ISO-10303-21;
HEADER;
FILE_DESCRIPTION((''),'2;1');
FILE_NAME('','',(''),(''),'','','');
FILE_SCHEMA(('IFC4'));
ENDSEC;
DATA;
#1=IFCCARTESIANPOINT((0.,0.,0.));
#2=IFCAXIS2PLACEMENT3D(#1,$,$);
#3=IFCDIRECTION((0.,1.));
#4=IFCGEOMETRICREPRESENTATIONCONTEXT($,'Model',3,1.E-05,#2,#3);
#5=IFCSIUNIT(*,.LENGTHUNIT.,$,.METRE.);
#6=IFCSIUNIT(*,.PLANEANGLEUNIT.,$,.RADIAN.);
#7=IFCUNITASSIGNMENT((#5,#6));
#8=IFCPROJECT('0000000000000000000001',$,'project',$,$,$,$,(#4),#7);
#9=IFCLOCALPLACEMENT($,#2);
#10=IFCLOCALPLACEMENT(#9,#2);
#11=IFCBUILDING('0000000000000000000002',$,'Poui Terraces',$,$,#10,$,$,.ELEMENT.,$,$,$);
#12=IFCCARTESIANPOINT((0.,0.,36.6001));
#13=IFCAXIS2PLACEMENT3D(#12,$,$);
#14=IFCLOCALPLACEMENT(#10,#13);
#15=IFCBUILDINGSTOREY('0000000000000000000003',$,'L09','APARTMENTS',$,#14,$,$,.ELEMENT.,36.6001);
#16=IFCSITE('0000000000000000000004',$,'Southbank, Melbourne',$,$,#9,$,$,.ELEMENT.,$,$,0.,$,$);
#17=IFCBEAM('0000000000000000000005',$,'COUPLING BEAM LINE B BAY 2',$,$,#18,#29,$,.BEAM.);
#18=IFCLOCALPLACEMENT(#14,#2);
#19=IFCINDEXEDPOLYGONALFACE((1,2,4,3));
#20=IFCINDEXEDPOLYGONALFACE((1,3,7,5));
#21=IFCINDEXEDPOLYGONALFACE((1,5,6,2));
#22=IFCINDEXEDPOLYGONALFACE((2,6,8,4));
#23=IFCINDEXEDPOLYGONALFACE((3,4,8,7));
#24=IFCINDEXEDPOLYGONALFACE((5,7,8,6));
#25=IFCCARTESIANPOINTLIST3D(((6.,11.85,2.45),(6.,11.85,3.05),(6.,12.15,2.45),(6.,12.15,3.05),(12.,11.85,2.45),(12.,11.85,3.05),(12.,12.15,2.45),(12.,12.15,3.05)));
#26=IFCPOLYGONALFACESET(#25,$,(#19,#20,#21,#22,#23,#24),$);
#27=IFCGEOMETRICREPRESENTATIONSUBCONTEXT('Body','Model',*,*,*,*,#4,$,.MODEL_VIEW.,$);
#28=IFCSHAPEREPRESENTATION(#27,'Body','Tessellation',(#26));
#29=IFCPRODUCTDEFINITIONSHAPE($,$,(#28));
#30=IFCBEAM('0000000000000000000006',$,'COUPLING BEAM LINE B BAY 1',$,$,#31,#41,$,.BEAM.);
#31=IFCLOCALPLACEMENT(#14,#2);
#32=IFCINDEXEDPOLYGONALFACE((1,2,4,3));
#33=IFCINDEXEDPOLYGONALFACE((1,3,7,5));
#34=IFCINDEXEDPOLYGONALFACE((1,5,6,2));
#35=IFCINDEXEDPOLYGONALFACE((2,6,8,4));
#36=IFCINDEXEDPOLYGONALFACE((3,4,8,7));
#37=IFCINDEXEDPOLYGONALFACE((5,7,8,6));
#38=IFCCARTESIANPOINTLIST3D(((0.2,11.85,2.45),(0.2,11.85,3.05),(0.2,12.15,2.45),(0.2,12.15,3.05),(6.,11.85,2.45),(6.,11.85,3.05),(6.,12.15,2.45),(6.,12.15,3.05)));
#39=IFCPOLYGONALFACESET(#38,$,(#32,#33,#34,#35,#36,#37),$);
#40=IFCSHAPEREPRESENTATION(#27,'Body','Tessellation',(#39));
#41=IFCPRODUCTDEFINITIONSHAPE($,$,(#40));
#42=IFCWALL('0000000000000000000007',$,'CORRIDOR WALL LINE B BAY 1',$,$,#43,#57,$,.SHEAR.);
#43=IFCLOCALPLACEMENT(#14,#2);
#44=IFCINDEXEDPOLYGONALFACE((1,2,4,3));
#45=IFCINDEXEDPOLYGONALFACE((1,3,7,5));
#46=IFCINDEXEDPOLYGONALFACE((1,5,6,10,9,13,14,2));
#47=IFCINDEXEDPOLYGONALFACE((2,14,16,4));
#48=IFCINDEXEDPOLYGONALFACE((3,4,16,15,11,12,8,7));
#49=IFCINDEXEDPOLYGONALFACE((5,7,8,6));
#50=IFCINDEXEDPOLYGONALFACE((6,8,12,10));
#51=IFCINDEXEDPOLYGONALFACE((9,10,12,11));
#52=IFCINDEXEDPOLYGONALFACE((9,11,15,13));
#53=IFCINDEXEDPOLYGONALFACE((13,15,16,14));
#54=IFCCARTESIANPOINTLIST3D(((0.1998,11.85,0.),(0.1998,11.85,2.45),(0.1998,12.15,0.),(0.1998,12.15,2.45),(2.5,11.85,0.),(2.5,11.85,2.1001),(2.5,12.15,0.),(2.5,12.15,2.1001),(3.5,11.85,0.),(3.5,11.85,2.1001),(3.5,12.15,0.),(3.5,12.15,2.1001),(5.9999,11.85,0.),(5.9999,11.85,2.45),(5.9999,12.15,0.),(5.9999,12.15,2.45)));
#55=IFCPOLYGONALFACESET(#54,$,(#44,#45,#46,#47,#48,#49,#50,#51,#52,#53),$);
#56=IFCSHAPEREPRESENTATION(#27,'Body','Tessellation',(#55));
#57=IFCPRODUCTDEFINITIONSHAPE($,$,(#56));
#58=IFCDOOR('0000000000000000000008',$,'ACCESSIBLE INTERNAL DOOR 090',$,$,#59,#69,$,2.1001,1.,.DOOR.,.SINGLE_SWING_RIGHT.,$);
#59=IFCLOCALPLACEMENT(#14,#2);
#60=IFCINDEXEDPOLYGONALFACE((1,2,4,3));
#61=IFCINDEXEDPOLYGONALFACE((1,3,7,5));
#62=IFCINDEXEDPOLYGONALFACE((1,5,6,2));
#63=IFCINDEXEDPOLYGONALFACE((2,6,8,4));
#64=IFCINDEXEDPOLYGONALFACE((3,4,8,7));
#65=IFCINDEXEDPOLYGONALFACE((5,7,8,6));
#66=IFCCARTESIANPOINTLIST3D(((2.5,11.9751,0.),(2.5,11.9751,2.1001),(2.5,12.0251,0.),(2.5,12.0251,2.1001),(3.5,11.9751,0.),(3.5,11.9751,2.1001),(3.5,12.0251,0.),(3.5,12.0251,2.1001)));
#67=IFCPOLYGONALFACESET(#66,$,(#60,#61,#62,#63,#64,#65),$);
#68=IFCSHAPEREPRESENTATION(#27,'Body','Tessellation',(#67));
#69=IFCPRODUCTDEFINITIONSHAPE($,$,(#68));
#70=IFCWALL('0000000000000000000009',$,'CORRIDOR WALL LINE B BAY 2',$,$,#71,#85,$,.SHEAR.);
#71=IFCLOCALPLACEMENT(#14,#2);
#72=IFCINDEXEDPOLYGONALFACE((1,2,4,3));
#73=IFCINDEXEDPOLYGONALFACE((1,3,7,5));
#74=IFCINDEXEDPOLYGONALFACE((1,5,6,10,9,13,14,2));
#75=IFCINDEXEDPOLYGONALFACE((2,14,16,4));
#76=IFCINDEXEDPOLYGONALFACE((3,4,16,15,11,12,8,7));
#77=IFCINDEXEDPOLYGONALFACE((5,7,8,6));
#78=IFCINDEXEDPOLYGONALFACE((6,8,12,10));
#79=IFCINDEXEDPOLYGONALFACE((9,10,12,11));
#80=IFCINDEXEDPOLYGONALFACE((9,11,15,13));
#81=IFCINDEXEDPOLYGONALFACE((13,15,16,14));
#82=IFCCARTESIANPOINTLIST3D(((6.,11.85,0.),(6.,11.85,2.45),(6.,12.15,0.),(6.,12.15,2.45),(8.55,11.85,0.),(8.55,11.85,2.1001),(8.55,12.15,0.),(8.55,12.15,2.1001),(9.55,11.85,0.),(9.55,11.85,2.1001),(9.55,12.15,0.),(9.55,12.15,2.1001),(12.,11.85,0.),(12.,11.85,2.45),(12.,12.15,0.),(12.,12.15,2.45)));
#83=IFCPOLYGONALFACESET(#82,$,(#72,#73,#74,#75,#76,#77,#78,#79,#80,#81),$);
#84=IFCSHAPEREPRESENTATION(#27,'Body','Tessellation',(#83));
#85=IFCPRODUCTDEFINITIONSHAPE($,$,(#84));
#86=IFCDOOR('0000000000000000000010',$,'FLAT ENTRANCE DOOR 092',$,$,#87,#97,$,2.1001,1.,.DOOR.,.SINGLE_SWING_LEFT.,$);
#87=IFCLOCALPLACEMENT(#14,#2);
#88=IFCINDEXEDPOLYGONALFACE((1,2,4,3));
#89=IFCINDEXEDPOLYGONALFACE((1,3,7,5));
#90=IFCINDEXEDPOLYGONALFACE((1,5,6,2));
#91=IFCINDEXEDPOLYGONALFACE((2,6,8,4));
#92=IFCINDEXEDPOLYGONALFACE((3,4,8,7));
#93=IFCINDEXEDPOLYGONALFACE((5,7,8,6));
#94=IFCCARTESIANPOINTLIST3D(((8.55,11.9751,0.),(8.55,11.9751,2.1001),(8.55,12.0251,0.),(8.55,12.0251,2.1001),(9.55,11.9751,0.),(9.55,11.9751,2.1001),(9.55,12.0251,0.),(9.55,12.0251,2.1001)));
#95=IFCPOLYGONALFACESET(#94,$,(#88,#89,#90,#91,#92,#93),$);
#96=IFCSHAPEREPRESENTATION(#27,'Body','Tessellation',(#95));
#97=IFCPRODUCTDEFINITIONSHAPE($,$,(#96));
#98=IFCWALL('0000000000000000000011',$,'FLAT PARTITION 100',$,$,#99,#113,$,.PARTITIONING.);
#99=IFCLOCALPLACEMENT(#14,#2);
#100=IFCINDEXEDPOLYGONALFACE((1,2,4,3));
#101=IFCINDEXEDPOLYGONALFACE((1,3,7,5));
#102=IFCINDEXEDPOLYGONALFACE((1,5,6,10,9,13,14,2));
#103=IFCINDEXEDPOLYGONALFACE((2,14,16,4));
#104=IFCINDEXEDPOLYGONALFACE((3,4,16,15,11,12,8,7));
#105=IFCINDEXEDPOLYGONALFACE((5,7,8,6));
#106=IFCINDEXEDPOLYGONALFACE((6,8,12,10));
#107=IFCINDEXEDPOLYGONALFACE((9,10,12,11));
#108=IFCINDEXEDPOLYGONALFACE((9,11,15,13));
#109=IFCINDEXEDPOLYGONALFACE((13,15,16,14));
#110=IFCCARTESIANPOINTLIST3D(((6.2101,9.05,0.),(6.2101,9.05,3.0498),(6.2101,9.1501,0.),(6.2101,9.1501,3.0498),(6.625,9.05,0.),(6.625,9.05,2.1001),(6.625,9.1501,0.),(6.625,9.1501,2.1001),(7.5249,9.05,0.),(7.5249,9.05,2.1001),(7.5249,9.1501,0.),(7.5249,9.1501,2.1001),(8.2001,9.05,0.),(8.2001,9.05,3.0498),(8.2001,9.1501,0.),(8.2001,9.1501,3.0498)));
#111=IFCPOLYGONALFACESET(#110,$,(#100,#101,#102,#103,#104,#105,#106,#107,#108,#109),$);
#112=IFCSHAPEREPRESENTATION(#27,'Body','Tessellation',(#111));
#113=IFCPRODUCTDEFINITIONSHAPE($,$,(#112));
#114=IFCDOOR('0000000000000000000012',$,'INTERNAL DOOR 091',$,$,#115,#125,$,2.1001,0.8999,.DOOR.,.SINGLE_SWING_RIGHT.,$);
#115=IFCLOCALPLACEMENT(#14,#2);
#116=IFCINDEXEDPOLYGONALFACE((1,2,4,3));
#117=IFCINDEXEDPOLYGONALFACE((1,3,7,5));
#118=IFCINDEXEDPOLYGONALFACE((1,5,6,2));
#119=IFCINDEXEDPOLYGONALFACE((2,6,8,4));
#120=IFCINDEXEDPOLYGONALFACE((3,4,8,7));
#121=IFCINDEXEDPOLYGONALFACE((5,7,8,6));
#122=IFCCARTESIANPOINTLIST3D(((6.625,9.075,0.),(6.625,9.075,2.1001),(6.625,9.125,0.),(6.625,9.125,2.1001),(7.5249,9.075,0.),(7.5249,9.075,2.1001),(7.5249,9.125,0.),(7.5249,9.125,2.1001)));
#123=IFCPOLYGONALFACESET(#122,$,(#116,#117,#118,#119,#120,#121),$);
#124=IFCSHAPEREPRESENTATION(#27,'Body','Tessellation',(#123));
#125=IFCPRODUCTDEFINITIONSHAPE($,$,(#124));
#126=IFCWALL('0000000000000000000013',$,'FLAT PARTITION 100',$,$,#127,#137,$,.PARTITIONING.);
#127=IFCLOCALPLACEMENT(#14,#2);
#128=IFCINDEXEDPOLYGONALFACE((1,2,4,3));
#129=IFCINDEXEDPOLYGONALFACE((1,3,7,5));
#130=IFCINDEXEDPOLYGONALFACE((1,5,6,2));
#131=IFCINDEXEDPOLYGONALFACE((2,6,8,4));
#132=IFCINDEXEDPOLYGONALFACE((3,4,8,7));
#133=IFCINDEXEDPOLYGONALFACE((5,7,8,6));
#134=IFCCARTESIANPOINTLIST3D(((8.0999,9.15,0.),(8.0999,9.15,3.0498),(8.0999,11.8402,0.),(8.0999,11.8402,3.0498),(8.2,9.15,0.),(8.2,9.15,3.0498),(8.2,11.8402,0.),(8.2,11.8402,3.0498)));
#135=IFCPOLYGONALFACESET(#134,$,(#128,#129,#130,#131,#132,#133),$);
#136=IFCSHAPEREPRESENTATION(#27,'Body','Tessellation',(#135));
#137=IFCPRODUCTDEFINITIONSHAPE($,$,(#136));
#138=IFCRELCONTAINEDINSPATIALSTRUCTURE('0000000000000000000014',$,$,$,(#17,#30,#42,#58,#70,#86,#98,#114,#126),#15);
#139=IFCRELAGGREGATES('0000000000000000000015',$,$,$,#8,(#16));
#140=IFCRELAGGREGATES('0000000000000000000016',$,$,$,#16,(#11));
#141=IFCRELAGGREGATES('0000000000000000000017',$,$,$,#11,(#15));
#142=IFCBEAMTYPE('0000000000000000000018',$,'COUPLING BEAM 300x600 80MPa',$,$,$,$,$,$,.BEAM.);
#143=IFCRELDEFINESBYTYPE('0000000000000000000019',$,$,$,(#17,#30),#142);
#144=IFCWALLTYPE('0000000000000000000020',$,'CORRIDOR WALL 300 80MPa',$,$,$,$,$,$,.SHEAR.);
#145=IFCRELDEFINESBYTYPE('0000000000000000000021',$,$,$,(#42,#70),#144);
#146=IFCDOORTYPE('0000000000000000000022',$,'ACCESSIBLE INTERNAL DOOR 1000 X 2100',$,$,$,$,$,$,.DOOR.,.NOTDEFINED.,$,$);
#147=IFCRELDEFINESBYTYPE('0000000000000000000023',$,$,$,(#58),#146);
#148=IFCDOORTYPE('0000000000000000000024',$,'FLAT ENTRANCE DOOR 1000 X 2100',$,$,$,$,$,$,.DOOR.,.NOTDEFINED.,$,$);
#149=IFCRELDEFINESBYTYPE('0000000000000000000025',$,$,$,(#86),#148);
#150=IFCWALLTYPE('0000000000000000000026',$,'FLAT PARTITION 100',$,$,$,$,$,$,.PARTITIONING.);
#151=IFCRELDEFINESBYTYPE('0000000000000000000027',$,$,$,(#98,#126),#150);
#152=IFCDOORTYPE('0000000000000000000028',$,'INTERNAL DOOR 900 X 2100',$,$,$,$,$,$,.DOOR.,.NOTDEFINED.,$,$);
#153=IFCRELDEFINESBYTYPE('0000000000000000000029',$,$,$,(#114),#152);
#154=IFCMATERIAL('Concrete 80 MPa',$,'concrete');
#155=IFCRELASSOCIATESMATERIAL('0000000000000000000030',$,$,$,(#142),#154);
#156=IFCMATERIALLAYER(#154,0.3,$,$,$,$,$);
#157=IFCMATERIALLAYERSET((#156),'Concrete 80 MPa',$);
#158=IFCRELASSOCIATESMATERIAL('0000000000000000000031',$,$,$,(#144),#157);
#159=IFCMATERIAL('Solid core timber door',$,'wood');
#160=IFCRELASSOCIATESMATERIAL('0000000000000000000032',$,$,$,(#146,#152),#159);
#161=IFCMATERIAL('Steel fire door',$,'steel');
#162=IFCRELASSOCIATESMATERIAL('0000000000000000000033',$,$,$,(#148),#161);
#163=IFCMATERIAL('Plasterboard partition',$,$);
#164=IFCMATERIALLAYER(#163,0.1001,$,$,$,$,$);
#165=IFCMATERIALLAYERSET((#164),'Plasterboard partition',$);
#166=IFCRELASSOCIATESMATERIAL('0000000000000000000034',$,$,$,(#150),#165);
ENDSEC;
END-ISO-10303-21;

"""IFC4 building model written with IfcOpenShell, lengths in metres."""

from ifc_helpers import new_model, si_unit, direction, frame, frame_2d, origin, origin_2d, place, context, subcontext, project, spatial, rectangle, extrude, source, transform, mapped, material, layer, layer_set, material_profile, profile_set, type_object, element, fill, save


model = new_model("IFC4")

# Units and contexts
model_context = context("Model", 3, precision=1e-05, world=origin(), true_north=direction((0.0, 1.0)))
body_context = subcontext(model_context, "Body", "Model", "MODEL_VIEW")
ifc_project = project(units=[si_unit("LENGTHUNIT", "METRE"), si_unit("PLANEANGLEUNIT", "RADIAN")], contexts=[model_context])

# Site, building, storey
site_placement = place(None, origin())
site = spatial("IfcSite", under=ifc_project, at=site_placement, Name="Southbank, Melbourne", CompositionType="ELEMENT", RefElevation=0.0)
building_placement = place(site_placement, origin())
building = spatial("IfcBuilding", under=site, at=building_placement, Name="Poui Terraces", CompositionType="ELEMENT")
storey_placement = place(building_placement, frame((0.0, 0.0, 36.6001)))
storey = spatial("IfcBuildingStorey", under=building, at=storey_placement, Name="L09", Description="APARTMENTS", CompositionType="ELEMENT", Elevation=36.6001)

# Beams
ifc_material_1 = material(Name="Concrete 80 MPa", Category="concrete")
ifc_material_profile = material_profile(ifc_material_1, rectangle(XDim=0.3, YDim=0.6001, at=origin_2d()), Name="RC 300x600")
ifc_profile_set = profile_set([ifc_material_profile], Name="Concrete 80 MPa")
beam_type = type_object("IfcBeamType", Name="COUPLING BEAM 300x600 80MPa", PredefinedType="BEAM", material=ifc_profile_set)
shared_shape_1 = source(origin(), body_context, "Body", "SweptSolid", [
    extrude(rectangle(XDim=0.3, YDim=0.6001, at=origin_2d()), origin(), (0.0, 0.0, 1.0), 6.0),
])
beam_1_placement = place(storey_placement, frame((6.0, 12.0, 2.75), z_axis=(1.0, 0.0, 0.0), x_axis=(0.0, 1.0, 0.0)))
element("IfcBeam", 1, at=beam_1_placement, inside=storey, type_object=beam_type, Name="COUPLING BEAM LINE B BAY 2", PredefinedType="BEAM", context=body_context, shape_type="MappedRepresentation", body=[
    mapped(shared_shape_1, transform((0.0, 0.0, 0.0))),
])
shared_shape_2 = source(origin(), body_context, "Body", "SweptSolid", [
    extrude(rectangle(XDim=0.3, YDim=0.6001, at=origin_2d()), origin(), (0.0, 0.0, 1.0), 5.8),
])
beam_2_placement = place(storey_placement, frame((0.2, 12.0, 2.75), z_axis=(1.0, 0.0, 0.0), x_axis=(0.0, 1.0, 0.0)))
element("IfcBeam", 2, at=beam_2_placement, inside=storey, type_object=beam_type, Name="COUPLING BEAM LINE B BAY 1", PredefinedType="BEAM", context=body_context, shape_type="MappedRepresentation", body=[
    mapped(shared_shape_2, transform((0.0, 0.0, 0.0))),
])

# Walls, openings, doors
ifc_layer_1 = layer(ifc_material_1, 0.3)
ifc_layer_set_1 = layer_set([ifc_layer_1], Name="Concrete 80 MPa")
wall_type_1 = type_object("IfcWallType", Name="CORRIDOR WALL 300 80MPa", PredefinedType="SHEAR", material=ifc_layer_set_1)
wall_1_placement = place(storey_placement, frame((0.2, 12.0, 0.0), z_axis=(0.0, 0.0, 1.0), x_axis=(1.0, 0.0, 0.0)))
wall_1 = element("IfcWall", 3, at=wall_1_placement, inside=storey, type_object=wall_type_1, Name="CORRIDOR WALL LINE B BAY 1", PredefinedType="SHEAR", context=body_context, shape_type="SweptSolid", body=[
    extrude(rectangle(XDim=5.8, YDim=0.3, at=frame_2d((2.8999, 0.0))), origin(), (0.0, 0.0, 1.0), 2.45),
])
opening_1_placement = place(wall_1_placement, frame((2.3, 0.0, 0.0)))
opening_1 = element("IfcOpeningElement", 4, at=opening_1_placement, cuts=wall_1, PredefinedType="OPENING", context=body_context, shape_type="SweptSolid", body=[
    extrude(rectangle(XDim=1.0, YDim=2.1001, at=frame_2d((0.5, 1.05))), frame((0.0, 0.1602, 0.0), z_axis=(0.0, -1.0, 0.0), x_axis=(1.0, 0.0, 0.0)), (0.0, 0.0, 1.0), 0.3201),
])
ifc_material_2 = material(Name="Solid core timber door", Category="wood")
door_type_1 = type_object("IfcDoorType", Name="ACCESSIBLE INTERNAL DOOR 1000 X 2100", OperationType="NOTDEFINED", PredefinedType="DOOR", material=ifc_material_2)
door_1_placement = place(opening_1_placement, frame((1.0, 0.0, 0.0), z_axis=(0.0, 0.0, 1.0), x_axis=(-1.0, 0.0, 0.0)))
door_1 = element("IfcDoor", 5, at=door_1_placement, inside=storey, type_object=door_type_1, Name="ACCESSIBLE INTERNAL DOOR 090", OperationType="SINGLE_SWING_RIGHT", OverallHeight=2.1001, OverallWidth=1.0, PredefinedType="DOOR", context=body_context, shape_type="SweptSolid", body=[
    extrude(rectangle(XDim=1.0, YDim=2.1001, at=frame_2d((0.5, 1.05))), frame((0.0, 0.0249, 0.0), z_axis=(0.0, -1.0, 0.0), x_axis=(1.0, 0.0, 0.0)), (0.0, 0.0, 1.0), 0.05),
])
fill(opening_1, door_1)
wall_2_placement = place(storey_placement, frame((6.0, 12.0, 0.0), z_axis=(0.0, 0.0, 1.0), x_axis=(1.0, 0.0, 0.0)))
wall_2 = element("IfcWall", 6, at=wall_2_placement, inside=storey, type_object=wall_type_1, Name="CORRIDOR WALL LINE B BAY 2", PredefinedType="SHEAR", context=body_context, shape_type="SweptSolid", body=[
    extrude(rectangle(XDim=6.0, YDim=0.3, at=frame_2d((3.0, 0.0))), origin(), (0.0, 0.0, 1.0), 2.45),
])
opening_2_placement = place(wall_2_placement, frame((2.55, 0.0, 0.0)))
opening_2 = element("IfcOpeningElement", 7, at=opening_2_placement, cuts=wall_2, PredefinedType="OPENING", context=body_context, shape_type="SweptSolid", body=[
    extrude(rectangle(XDim=1.0, YDim=2.1001, at=frame_2d((0.5, 1.05))), frame((0.0, 0.1602, 0.0), z_axis=(0.0, -1.0, 0.0), x_axis=(1.0, 0.0, 0.0)), (0.0, 0.0, 1.0), 0.3201),
])
ifc_material_3 = material(Name="Steel fire door", Category="steel")
door_type_2 = type_object("IfcDoorType", Name="FLAT ENTRANCE DOOR 1000 X 2100", OperationType="NOTDEFINED", PredefinedType="DOOR", material=ifc_material_3)
door_2_placement = place(opening_2_placement, frame((1.0, 0.0, 0.0), z_axis=(0.0, 0.0, 1.0), x_axis=(-1.0, 0.0, 0.0)))
door_2 = element("IfcDoor", 8, at=door_2_placement, inside=storey, type_object=door_type_2, Name="FLAT ENTRANCE DOOR 092", OperationType="SINGLE_SWING_LEFT", OverallHeight=2.1001, OverallWidth=1.0, PredefinedType="DOOR", context=body_context, shape_type="SweptSolid", body=[
    extrude(rectangle(XDim=1.0, YDim=2.1001, at=frame_2d((0.5, 1.05))), frame((0.0, 0.0249, 0.0), z_axis=(0.0, -1.0, 0.0), x_axis=(1.0, 0.0, 0.0)), (0.0, 0.0, 1.0), 0.05),
])
fill(opening_2, door_2)
ifc_material_4 = material(Name="Plasterboard partition")
ifc_layer_2 = layer(ifc_material_4, 0.1001)
ifc_layer_set_2 = layer_set([ifc_layer_2], Name="Plasterboard partition")
wall_type_2 = type_object("IfcWallType", Name="FLAT PARTITION 100", PredefinedType="PARTITIONING", material=ifc_layer_set_2)
wall_3_placement = place(storey_placement, frame((6.21, 9.1001, 0.0), z_axis=(0.0, 0.0, 1.0), x_axis=(1.0, 0.0, 0.0)))
wall_3 = element("IfcWall", 9, at=wall_3_placement, inside=storey, type_object=wall_type_2, Name="FLAT PARTITION 100", PredefinedType="PARTITIONING", context=body_context, shape_type="SweptSolid", body=[
    extrude(rectangle(XDim=1.99, YDim=0.1001, at=frame_2d((0.9951, 0.0))), origin(), (0.0, 0.0, 1.0), 3.0498),
])
opening_3_placement = place(wall_3_placement, frame((0.415, 0.0, 0.0)))
opening_3 = element("IfcOpeningElement", 10, at=opening_3_placement, cuts=wall_3, PredefinedType="OPENING", context=body_context, shape_type="SweptSolid", body=[
    extrude(rectangle(XDim=0.8999, YDim=2.1001, at=frame_2d((0.45, 1.05))), frame((0.0, 0.0601, 0.0), z_axis=(0.0, -1.0, 0.0), x_axis=(1.0, 0.0, 0.0)), (0.0, 0.0, 1.0), 0.1201),
])
door_type_3 = type_object("IfcDoorType", Name="INTERNAL DOOR 900 X 2100", OperationType="NOTDEFINED", PredefinedType="DOOR", material=ifc_material_2)
door_3_placement = place(opening_3_placement, origin())
door_3 = element("IfcDoor", 11, at=door_3_placement, inside=storey, type_object=door_type_3, Name="INTERNAL DOOR 091", OperationType="SINGLE_SWING_RIGHT", OverallHeight=2.1001, OverallWidth=0.8999, PredefinedType="DOOR", context=body_context, shape_type="SweptSolid", body=[
    extrude(rectangle(XDim=0.8999, YDim=2.1001, at=frame_2d((0.45, 1.05))), frame((0.0, 0.0249, 0.0), z_axis=(0.0, -1.0, 0.0), x_axis=(1.0, 0.0, 0.0)), (0.0, 0.0, 1.0), 0.05),
])
fill(opening_3, door_3)

# Wall
wall_4_placement = place(storey_placement, frame((8.1499, 9.1499, 0.0), z_axis=(0.0, 0.0, 1.0), x_axis=(0.0, 1.0, 0.0)))
element("IfcWall", 12, at=wall_4_placement, inside=storey, type_object=wall_type_2, Name="FLAT PARTITION 100", PredefinedType="PARTITIONING", context=body_context, shape_type="SweptSolid", body=[
    extrude(rectangle(XDim=2.6902, YDim=0.1001, at=frame_2d((1.3452, 0.0))), origin(), (0.0, 0.0, 1.0), 3.0498),
])

save(model, "model.ifc")
